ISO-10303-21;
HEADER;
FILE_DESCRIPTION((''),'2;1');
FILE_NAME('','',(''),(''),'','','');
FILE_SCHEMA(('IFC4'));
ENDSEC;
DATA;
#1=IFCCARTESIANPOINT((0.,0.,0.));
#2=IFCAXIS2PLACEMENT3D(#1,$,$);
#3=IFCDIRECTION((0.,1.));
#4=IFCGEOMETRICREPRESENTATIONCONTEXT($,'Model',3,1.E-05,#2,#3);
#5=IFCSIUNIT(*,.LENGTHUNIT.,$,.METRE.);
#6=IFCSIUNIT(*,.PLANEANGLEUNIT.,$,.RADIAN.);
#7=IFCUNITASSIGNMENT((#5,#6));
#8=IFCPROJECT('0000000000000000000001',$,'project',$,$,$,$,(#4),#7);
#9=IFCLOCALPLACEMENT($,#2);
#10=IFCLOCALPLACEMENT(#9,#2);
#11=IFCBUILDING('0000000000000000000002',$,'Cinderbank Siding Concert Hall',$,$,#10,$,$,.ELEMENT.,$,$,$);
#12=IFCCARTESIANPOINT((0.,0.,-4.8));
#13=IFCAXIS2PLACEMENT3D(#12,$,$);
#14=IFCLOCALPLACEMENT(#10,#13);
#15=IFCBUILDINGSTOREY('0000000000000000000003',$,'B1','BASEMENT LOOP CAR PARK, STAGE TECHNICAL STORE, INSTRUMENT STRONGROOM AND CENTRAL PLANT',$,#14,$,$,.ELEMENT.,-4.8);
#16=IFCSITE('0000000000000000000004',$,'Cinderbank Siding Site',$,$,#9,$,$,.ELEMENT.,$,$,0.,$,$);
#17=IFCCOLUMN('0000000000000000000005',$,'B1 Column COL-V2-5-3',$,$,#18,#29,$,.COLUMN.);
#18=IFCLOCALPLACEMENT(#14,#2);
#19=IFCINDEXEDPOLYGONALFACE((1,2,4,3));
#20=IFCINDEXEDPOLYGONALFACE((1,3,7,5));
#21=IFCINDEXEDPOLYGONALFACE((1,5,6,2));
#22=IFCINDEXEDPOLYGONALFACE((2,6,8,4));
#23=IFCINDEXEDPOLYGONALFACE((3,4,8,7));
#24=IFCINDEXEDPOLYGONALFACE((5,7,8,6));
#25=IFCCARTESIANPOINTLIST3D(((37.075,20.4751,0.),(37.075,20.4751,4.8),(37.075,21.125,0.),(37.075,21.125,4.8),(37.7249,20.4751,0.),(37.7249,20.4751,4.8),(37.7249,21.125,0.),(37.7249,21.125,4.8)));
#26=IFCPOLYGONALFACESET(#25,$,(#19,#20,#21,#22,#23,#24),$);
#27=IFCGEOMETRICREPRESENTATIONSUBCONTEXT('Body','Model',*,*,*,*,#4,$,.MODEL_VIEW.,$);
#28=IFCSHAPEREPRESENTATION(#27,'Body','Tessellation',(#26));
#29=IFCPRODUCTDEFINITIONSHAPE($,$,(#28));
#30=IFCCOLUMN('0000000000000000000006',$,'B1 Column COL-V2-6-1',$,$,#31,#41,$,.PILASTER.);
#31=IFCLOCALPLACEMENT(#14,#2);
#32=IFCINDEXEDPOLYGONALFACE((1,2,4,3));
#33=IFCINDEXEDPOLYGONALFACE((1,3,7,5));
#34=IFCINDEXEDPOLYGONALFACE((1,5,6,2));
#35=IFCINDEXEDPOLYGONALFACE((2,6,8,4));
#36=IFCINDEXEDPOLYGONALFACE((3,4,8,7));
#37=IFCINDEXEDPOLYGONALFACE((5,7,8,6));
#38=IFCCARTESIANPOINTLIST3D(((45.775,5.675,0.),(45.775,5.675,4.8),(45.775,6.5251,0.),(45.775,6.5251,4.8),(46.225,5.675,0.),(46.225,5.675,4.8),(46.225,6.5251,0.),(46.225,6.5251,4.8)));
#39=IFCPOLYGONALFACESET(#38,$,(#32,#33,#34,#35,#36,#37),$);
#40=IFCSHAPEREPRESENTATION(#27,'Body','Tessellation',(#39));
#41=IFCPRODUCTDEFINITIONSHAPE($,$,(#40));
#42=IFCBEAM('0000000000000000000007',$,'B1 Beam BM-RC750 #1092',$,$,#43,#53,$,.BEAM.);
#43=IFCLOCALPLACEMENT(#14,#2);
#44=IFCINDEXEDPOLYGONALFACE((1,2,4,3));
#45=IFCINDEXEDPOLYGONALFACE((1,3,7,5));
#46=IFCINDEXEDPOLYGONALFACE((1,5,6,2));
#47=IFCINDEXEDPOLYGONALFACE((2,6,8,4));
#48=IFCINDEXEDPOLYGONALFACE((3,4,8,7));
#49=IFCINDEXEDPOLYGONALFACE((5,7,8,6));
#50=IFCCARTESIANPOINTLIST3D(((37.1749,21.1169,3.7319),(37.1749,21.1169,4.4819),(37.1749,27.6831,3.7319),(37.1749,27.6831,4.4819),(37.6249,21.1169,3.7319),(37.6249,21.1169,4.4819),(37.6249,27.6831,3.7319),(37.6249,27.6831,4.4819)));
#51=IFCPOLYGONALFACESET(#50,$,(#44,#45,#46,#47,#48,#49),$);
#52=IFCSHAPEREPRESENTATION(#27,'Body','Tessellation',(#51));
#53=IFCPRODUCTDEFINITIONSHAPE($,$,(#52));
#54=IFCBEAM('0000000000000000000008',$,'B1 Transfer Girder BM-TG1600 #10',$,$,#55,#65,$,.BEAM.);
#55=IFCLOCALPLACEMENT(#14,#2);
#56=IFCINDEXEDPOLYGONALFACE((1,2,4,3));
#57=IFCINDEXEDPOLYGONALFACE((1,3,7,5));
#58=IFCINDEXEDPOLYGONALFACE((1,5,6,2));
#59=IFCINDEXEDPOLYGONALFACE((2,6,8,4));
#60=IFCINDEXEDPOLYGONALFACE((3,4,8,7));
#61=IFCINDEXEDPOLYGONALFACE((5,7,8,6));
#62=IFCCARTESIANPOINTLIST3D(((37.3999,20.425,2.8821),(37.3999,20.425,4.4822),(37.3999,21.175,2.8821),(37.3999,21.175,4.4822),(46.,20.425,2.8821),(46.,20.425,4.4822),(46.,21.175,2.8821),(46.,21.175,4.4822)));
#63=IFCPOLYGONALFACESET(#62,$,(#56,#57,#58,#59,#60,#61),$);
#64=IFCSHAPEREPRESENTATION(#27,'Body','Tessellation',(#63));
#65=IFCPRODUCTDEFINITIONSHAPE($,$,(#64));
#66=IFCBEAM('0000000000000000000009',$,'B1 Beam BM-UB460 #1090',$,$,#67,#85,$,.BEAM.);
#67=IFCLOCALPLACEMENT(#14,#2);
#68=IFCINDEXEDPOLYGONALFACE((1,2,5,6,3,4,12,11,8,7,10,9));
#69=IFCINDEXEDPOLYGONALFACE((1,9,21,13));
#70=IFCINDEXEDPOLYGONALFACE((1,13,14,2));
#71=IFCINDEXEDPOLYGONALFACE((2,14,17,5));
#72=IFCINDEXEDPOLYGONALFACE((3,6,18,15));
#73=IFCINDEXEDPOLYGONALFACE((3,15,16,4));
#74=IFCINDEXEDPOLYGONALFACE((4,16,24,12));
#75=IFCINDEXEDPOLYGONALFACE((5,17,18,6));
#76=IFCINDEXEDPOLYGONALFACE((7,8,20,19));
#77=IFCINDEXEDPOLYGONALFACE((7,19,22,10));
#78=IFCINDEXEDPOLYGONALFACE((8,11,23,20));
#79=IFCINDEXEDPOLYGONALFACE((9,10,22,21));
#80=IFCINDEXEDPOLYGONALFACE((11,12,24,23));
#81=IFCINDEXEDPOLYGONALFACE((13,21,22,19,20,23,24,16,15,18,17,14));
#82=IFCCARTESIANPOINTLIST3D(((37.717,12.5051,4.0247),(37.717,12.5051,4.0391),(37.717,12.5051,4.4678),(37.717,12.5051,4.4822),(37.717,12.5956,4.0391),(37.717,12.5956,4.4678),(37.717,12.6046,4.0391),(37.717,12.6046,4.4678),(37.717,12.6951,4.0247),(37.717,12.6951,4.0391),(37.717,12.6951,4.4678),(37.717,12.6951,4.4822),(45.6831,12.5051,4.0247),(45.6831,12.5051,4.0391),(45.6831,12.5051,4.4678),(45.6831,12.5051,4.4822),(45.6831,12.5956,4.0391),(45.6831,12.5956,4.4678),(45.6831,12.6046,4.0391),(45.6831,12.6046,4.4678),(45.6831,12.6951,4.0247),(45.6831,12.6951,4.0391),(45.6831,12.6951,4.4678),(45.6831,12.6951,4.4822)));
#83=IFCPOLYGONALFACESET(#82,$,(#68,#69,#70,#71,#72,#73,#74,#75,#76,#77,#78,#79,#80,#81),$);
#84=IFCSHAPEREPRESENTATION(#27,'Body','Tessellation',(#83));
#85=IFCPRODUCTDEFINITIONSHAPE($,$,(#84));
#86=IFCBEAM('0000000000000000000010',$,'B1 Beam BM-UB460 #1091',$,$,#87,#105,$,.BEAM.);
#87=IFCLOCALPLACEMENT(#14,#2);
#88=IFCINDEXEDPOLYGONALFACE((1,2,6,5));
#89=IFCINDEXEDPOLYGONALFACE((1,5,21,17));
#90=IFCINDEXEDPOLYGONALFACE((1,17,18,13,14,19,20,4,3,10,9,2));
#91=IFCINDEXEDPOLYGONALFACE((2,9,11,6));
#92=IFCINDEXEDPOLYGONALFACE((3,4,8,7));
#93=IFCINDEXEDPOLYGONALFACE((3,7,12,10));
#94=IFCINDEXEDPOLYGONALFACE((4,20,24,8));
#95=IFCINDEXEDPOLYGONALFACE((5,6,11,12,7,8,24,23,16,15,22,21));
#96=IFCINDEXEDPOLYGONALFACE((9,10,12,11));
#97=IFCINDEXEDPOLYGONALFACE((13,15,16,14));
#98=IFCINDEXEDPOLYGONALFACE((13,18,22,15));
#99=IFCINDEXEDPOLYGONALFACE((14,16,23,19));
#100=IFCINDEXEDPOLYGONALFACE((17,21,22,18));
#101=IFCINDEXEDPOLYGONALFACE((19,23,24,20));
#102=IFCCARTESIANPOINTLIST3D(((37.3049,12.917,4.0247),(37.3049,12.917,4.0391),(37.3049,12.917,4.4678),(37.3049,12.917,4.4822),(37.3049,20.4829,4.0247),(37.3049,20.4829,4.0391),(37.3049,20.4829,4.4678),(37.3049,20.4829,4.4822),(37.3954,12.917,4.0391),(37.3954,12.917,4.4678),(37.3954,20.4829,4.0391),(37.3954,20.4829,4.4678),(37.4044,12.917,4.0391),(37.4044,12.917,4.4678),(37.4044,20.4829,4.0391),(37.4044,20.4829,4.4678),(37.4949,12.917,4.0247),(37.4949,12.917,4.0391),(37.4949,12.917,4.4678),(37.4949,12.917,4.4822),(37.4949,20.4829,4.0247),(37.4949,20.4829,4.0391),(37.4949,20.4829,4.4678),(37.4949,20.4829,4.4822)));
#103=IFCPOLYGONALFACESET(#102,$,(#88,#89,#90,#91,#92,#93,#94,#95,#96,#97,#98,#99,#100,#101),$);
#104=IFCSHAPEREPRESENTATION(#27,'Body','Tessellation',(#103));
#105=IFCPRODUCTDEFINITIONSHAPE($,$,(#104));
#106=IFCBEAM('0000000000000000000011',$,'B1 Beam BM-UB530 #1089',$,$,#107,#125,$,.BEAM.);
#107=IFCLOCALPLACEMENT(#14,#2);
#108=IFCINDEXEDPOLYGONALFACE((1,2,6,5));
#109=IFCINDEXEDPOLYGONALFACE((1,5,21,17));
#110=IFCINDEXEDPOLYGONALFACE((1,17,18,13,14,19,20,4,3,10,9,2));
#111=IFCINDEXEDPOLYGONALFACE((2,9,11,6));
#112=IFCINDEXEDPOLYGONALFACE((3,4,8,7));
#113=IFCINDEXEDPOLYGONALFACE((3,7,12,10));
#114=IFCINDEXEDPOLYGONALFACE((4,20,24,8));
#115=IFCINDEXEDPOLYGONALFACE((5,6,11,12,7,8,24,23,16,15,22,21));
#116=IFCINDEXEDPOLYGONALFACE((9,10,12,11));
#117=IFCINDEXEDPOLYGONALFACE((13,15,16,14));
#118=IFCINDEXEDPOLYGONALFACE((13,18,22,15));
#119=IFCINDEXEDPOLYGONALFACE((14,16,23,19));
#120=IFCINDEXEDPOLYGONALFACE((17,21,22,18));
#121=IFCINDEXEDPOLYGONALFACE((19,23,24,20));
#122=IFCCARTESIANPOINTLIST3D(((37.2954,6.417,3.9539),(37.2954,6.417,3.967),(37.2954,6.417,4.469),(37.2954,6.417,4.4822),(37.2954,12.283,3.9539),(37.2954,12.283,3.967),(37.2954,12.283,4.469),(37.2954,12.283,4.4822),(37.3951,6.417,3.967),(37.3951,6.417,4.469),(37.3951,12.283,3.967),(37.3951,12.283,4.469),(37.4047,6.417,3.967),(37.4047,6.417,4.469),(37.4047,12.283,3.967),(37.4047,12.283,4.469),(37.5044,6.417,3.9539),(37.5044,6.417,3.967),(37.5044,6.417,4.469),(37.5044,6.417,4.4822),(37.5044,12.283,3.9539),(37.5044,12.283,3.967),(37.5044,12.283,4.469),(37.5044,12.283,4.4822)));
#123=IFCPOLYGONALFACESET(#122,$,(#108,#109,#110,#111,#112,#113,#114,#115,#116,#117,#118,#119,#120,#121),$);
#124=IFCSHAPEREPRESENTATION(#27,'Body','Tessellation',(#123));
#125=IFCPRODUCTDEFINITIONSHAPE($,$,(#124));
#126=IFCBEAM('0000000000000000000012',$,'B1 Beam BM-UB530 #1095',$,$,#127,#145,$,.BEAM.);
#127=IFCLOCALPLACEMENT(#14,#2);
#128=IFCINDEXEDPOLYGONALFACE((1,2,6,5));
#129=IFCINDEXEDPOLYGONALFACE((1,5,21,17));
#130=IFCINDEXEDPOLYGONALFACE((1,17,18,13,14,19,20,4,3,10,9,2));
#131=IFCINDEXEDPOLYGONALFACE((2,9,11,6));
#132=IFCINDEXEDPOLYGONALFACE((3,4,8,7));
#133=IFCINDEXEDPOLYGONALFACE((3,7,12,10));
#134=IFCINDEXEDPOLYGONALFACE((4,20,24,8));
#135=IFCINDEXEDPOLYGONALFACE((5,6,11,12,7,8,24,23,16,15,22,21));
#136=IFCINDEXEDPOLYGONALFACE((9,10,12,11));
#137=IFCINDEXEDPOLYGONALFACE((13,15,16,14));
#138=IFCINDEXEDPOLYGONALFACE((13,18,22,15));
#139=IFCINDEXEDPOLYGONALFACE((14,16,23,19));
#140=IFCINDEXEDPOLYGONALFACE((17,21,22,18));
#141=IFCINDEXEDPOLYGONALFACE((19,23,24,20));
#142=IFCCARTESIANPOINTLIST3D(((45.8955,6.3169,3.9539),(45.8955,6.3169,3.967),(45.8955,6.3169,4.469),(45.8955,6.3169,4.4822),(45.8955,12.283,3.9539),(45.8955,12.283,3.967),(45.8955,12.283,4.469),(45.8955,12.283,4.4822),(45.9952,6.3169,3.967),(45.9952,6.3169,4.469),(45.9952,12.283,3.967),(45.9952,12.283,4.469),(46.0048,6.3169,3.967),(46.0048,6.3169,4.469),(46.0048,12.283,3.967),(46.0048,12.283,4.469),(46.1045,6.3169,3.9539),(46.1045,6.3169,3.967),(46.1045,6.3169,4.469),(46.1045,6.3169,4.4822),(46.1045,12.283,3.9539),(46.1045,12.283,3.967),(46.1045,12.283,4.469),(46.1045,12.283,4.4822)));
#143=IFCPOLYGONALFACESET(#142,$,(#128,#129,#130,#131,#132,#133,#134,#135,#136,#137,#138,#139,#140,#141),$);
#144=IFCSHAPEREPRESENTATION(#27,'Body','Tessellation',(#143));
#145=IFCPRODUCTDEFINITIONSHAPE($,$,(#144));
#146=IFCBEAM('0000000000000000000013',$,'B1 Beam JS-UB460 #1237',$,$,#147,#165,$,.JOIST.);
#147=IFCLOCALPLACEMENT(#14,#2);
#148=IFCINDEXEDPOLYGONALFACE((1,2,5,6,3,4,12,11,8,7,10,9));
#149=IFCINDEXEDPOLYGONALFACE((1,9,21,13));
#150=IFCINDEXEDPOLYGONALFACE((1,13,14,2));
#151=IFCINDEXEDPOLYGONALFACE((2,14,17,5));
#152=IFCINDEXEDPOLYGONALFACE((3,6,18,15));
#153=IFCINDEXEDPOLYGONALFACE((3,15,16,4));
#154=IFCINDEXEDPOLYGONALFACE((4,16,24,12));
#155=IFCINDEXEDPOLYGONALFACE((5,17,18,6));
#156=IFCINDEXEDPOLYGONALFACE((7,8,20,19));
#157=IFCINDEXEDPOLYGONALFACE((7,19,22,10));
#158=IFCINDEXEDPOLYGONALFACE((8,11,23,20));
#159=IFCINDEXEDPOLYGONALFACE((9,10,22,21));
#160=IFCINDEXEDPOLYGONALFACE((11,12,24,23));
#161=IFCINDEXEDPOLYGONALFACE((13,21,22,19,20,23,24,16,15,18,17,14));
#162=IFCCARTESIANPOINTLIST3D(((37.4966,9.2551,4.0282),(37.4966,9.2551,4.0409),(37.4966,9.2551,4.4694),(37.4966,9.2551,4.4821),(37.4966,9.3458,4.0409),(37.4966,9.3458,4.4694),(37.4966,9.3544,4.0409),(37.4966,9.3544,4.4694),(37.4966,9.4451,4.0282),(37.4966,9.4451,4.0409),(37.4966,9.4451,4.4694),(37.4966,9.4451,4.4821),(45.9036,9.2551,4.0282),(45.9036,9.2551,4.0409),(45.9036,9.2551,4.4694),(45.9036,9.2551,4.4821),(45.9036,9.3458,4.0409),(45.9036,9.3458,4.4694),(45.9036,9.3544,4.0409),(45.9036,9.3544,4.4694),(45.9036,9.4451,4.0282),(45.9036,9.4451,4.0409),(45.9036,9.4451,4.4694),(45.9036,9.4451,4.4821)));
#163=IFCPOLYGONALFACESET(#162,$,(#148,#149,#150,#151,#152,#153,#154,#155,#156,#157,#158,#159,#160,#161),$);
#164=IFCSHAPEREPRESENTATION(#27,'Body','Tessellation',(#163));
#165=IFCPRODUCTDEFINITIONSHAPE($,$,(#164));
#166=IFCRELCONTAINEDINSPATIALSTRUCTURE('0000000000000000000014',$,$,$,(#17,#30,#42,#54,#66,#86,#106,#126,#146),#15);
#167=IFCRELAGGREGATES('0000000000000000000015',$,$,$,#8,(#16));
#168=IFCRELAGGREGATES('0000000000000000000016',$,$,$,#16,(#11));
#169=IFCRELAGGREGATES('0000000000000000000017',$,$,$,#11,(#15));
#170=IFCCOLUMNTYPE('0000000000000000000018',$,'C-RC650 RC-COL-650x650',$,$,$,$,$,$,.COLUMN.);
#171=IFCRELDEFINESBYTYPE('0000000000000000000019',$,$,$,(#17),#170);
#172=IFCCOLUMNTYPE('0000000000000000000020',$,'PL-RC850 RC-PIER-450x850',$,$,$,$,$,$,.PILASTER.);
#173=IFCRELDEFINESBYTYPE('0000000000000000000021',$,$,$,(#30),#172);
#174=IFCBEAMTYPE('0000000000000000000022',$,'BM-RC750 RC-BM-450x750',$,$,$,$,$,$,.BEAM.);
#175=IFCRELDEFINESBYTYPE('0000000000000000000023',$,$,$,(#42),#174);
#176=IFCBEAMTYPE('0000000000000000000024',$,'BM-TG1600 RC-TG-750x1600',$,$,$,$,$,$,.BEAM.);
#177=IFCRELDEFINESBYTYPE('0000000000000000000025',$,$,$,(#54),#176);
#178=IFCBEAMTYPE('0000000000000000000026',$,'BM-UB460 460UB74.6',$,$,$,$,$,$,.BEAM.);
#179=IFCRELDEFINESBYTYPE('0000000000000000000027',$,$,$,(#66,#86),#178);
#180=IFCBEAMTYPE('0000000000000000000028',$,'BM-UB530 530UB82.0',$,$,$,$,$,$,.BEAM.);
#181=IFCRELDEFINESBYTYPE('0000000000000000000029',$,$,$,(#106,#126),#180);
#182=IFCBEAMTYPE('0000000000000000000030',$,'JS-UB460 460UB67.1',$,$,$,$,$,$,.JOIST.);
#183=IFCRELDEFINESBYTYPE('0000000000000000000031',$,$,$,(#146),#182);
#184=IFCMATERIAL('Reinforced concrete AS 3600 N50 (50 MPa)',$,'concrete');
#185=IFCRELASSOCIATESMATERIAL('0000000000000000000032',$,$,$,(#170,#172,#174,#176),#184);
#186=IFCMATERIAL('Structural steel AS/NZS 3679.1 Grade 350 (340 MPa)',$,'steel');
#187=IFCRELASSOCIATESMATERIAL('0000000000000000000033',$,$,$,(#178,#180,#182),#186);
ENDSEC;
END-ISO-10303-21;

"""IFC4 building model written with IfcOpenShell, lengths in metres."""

from ifc_helpers import new_model, si_unit, direction, frame, origin, origin_2d, place, context, subcontext, project, spatial, rectangle, i_section, extrude, material, material_profile, profile_set, type_object, element, save


model = new_model("IFC4")

# Units and contexts
model_context = context("Model", 3, precision=1e-05, world=origin(), true_north=direction((0.0, 1.0)))
body_context = subcontext(model_context, "Body", "Model", "MODEL_VIEW")
ifc_project = project(units=[si_unit("LENGTHUNIT", "METRE"), si_unit("PLANEANGLEUNIT", "RADIAN")], contexts=[model_context])

# Site, building, storey
site_placement = place(None, origin())
site = spatial("IfcSite", under=ifc_project, at=site_placement, Name="Cinderbank Siding Site", CompositionType="ELEMENT", RefElevation=0.0)
building_placement = place(site_placement, origin())
building = spatial("IfcBuilding", under=site, at=building_placement, Name="Cinderbank Siding Concert Hall", CompositionType="ELEMENT")
storey_placement = place(building_placement, frame((0.0, 0.0, -4.8)))
storey = spatial("IfcBuildingStorey", under=building, at=storey_placement, Name="B1", Description="BASEMENT LOOP CAR PARK, STAGE TECHNICAL STORE, INSTRUMENT STRONGROOM AND CENTRAL PLANT", CompositionType="ELEMENT", Elevation=-4.8)

# Columns
ifc_material_1 = material(Name="Reinforced concrete AS 3600 N50 (50 MPa)", Category="concrete")
ifc_material_profile_1 = material_profile(ifc_material_1, rectangle(XDim=0.6499, YDim=0.6499, at=origin_2d()), Name="RC-COL-650x650", Category="LoadBearing")
ifc_profile_set_1 = profile_set([ifc_material_profile_1], Name="Reinforced concrete AS 3600 N50 (50 MPa)")
column_type_1 = type_object("IfcColumnType", Name="C-RC650 RC-COL-650x650", PredefinedType="COLUMN", material=ifc_profile_set_1)
for number, where, z_axis, x_axis, name in (
    (1, (37.3999, 20.8, 0.0), (0.0, 0.0, 1.0), (1.0, 0.0, 0.0), "B1 Column COL-V2-5-3"),
):
    element("IfcColumn", number, at=place(storey_placement, frame(where, z_axis=z_axis, x_axis=x_axis)), inside=storey, type_object=column_type_1, Name=name, PredefinedType="COLUMN", context=body_context, shape_type="SweptSolid", body=[
        extrude(rectangle(XDim=0.6499, YDim=0.6499, at=origin_2d()), origin(), (0.0, 0.0, 1.0), 4.8),
    ])
ifc_material_profile_2 = material_profile(ifc_material_1, rectangle(XDim=0.45, YDim=0.8501, at=origin_2d()), Name="RC-PIER-450x850", Category="LoadBearing")
ifc_profile_set_2 = profile_set([ifc_material_profile_2], Name="Reinforced concrete AS 3600 N50 (50 MPa)")
column_type_2 = type_object("IfcColumnType", Name="PL-RC850 RC-PIER-450x850", PredefinedType="PILASTER", material=ifc_profile_set_2)
column_placement = place(storey_placement, frame((46.0, 6.1001, 0.0), z_axis=(0.0, 0.0, 1.0), x_axis=(1.0, 0.0, 0.0)))
element("IfcColumn", 2, at=column_placement, inside=storey, type_object=column_type_2, Name="B1 Column COL-V2-6-1", PredefinedType="PILASTER", context=body_context, shape_type="SweptSolid", body=[
    extrude(rectangle(XDim=0.45, YDim=0.8501, at=origin_2d()), origin(), (0.0, 0.0, 1.0), 4.8),
])

# Beams
ifc_material_profile_3 = material_profile(ifc_material_1, rectangle(XDim=0.45, YDim=0.75, at=origin_2d()), Name="RC-BM-450x750", Category="LoadBearing")
ifc_profile_set_3 = profile_set([ifc_material_profile_3], Name="Reinforced concrete AS 3600 N50 (50 MPa)")
beam_type_1 = type_object("IfcBeamType", Name="BM-RC750 RC-BM-450x750", PredefinedType="BEAM", material=ifc_profile_set_3)
beam_1_placement = place(storey_placement, frame((37.3999, 21.1169, 4.1069), z_axis=(0.0, 1.0, 0.0), x_axis=(-1.0, 0.0, 0.0)))
element("IfcBeam", 3, at=beam_1_placement, inside=storey, type_object=beam_type_1, Name="B1 Beam BM-RC750 #1092", PredefinedType="BEAM", context=body_context, shape_type="SweptSolid", body=[
    extrude(rectangle(XDim=0.45, YDim=0.75, at=origin_2d()), origin(), (0.0, 0.0, 1.0), 6.5662),
])
ifc_material_profile_4 = material_profile(ifc_material_1, rectangle(XDim=0.75, YDim=1.6001, at=origin_2d()), Name="RC-TG-750x1600", Category="LoadBearing")
ifc_profile_set_4 = profile_set([ifc_material_profile_4], Name="Reinforced concrete AS 3600 N50 (50 MPa)")
beam_type_2 = type_object("IfcBeamType", Name="BM-TG1600 RC-TG-750x1600", PredefinedType="BEAM", material=ifc_profile_set_4)
beam_2_placement = place(storey_placement, frame((37.3999, 20.8, 3.6821), z_axis=(1.0, 0.0, 0.0), x_axis=(0.0, 1.0, 0.0)))
element("IfcBeam", 4, at=beam_2_placement, inside=storey, type_object=beam_type_2, Name="B1 Transfer Girder BM-TG1600 #10", PredefinedType="BEAM", context=body_context, shape_type="SweptSolid", body=[
    extrude(rectangle(XDim=0.75, YDim=1.6001, at=origin_2d()), origin(), (0.0, 0.0, 1.0), 8.6001),
])
ifc_material_2 = material(Name="Structural steel AS/NZS 3679.1 Grade 350 (340 MPa)", Category="steel")
ifc_material_profile_5 = material_profile(ifc_material_2, i_section(OverallWidth=0.1899, OverallDepth=0.4575, WebThickness=0.009, FlangeThickness=0.0144, at=origin_2d()), Name="460UB74.6", Category="LoadBearing")
ifc_profile_set_5 = profile_set([ifc_material_profile_5], Name="Structural steel AS/NZS 3679.1 Grade 350 (340 MPa)")
beam_type_3 = type_object("IfcBeamType", Name="BM-UB460 460UB74.6", PredefinedType="BEAM", material=ifc_profile_set_5)
beam_3_placement = place(storey_placement, frame((37.717, 12.6001, 4.2534), z_axis=(1.0, 0.0, 0.0), x_axis=(0.0, 1.0, 0.0)))
element("IfcBeam", 5, at=beam_3_placement, inside=storey, type_object=beam_type_3, Name="B1 Beam BM-UB460 #1090", PredefinedType="BEAM", context=body_context, shape_type="SweptSolid", body=[
    extrude(i_section(OverallWidth=0.1899, OverallDepth=0.4575, WebThickness=0.009, FlangeThickness=0.0144, at=origin_2d()), origin(), (0.0, 0.0, 1.0), 7.9661),
])
beam_4_placement = place(storey_placement, frame((37.3999, 12.917, 4.2534), z_axis=(0.0, 1.0, 0.0), x_axis=(-1.0, 0.0, 0.0)))
element("IfcBeam", 6, at=beam_4_placement, inside=storey, type_object=beam_type_3, Name="B1 Beam BM-UB460 #1091", PredefinedType="BEAM", context=body_context, shape_type="SweptSolid", body=[
    extrude(i_section(OverallWidth=0.1899, OverallDepth=0.4575, WebThickness=0.009, FlangeThickness=0.0144, at=origin_2d()), origin(), (0.0, 0.0, 1.0), 7.5659),
])
ifc_material_profile_6 = material_profile(ifc_material_2, i_section(OverallWidth=0.209, OverallDepth=0.5283, WebThickness=0.0095, FlangeThickness=0.0132, at=origin_2d()), Name="530UB82.0", Category="LoadBearing")
ifc_profile_set_6 = profile_set([ifc_material_profile_6], Name="Structural steel AS/NZS 3679.1 Grade 350 (340 MPa)")
beam_type_4 = type_object("IfcBeamType", Name="BM-UB530 530UB82.0", PredefinedType="BEAM", material=ifc_profile_set_6)
beam_5_placement = place(storey_placement, frame((37.3999, 6.417, 4.218), z_axis=(0.0, 1.0, 0.0), x_axis=(-1.0, 0.0, 0.0)))
element("IfcBeam", 7, at=beam_5_placement, inside=storey, type_object=beam_type_4, Name="B1 Beam BM-UB530 #1089", PredefinedType="BEAM", context=body_context, shape_type="SweptSolid", body=[
    extrude(i_section(OverallWidth=0.209, OverallDepth=0.5283, WebThickness=0.0095, FlangeThickness=0.0132, at=origin_2d()), origin(), (0.0, 0.0, 1.0), 5.866),
])
beam_6_placement = place(storey_placement, frame((46.0, 6.3169, 4.218), z_axis=(0.0, 1.0, 0.0), x_axis=(-1.0, 0.0, 0.0)))
element("IfcBeam", 8, at=beam_6_placement, inside=storey, type_object=beam_type_4, Name="B1 Beam BM-UB530 #1095", PredefinedType="BEAM", context=body_context, shape_type="SweptSolid", body=[
    extrude(i_section(OverallWidth=0.209, OverallDepth=0.5283, WebThickness=0.0095, FlangeThickness=0.0132, at=origin_2d()), origin(), (0.0, 0.0, 1.0), 5.9661),
])
ifc_material_profile_7 = material_profile(ifc_material_2, i_section(OverallWidth=0.1899, OverallDepth=0.4539, WebThickness=0.0085, FlangeThickness=0.0127, at=origin_2d()), Name="460UB67.1", Category="LoadBearing")
ifc_profile_set_7 = profile_set([ifc_material_profile_7], Name="Structural steel AS/NZS 3679.1 Grade 350 (340 MPa)")
beam_type_5 = type_object("IfcBeamType", Name="JS-UB460 460UB67.1", PredefinedType="JOIST", material=ifc_profile_set_7)
beam_7_placement = place(storey_placement, frame((37.4966, 9.3501, 4.2551), z_axis=(1.0, 0.0, 0.0), x_axis=(0.0, 1.0, 0.0)))
element("IfcBeam", 9, at=beam_7_placement, inside=storey, type_object=beam_type_5, Name="B1 Beam JS-UB460 #1237", PredefinedType="JOIST", context=body_context, shape_type="SweptSolid", body=[
    extrude(i_section(OverallWidth=0.1899, OverallDepth=0.4539, WebThickness=0.0085, FlangeThickness=0.0127, at=origin_2d()), origin(), (0.0, 0.0, 1.0), 8.407),
])

save(model, "model.ifc")
